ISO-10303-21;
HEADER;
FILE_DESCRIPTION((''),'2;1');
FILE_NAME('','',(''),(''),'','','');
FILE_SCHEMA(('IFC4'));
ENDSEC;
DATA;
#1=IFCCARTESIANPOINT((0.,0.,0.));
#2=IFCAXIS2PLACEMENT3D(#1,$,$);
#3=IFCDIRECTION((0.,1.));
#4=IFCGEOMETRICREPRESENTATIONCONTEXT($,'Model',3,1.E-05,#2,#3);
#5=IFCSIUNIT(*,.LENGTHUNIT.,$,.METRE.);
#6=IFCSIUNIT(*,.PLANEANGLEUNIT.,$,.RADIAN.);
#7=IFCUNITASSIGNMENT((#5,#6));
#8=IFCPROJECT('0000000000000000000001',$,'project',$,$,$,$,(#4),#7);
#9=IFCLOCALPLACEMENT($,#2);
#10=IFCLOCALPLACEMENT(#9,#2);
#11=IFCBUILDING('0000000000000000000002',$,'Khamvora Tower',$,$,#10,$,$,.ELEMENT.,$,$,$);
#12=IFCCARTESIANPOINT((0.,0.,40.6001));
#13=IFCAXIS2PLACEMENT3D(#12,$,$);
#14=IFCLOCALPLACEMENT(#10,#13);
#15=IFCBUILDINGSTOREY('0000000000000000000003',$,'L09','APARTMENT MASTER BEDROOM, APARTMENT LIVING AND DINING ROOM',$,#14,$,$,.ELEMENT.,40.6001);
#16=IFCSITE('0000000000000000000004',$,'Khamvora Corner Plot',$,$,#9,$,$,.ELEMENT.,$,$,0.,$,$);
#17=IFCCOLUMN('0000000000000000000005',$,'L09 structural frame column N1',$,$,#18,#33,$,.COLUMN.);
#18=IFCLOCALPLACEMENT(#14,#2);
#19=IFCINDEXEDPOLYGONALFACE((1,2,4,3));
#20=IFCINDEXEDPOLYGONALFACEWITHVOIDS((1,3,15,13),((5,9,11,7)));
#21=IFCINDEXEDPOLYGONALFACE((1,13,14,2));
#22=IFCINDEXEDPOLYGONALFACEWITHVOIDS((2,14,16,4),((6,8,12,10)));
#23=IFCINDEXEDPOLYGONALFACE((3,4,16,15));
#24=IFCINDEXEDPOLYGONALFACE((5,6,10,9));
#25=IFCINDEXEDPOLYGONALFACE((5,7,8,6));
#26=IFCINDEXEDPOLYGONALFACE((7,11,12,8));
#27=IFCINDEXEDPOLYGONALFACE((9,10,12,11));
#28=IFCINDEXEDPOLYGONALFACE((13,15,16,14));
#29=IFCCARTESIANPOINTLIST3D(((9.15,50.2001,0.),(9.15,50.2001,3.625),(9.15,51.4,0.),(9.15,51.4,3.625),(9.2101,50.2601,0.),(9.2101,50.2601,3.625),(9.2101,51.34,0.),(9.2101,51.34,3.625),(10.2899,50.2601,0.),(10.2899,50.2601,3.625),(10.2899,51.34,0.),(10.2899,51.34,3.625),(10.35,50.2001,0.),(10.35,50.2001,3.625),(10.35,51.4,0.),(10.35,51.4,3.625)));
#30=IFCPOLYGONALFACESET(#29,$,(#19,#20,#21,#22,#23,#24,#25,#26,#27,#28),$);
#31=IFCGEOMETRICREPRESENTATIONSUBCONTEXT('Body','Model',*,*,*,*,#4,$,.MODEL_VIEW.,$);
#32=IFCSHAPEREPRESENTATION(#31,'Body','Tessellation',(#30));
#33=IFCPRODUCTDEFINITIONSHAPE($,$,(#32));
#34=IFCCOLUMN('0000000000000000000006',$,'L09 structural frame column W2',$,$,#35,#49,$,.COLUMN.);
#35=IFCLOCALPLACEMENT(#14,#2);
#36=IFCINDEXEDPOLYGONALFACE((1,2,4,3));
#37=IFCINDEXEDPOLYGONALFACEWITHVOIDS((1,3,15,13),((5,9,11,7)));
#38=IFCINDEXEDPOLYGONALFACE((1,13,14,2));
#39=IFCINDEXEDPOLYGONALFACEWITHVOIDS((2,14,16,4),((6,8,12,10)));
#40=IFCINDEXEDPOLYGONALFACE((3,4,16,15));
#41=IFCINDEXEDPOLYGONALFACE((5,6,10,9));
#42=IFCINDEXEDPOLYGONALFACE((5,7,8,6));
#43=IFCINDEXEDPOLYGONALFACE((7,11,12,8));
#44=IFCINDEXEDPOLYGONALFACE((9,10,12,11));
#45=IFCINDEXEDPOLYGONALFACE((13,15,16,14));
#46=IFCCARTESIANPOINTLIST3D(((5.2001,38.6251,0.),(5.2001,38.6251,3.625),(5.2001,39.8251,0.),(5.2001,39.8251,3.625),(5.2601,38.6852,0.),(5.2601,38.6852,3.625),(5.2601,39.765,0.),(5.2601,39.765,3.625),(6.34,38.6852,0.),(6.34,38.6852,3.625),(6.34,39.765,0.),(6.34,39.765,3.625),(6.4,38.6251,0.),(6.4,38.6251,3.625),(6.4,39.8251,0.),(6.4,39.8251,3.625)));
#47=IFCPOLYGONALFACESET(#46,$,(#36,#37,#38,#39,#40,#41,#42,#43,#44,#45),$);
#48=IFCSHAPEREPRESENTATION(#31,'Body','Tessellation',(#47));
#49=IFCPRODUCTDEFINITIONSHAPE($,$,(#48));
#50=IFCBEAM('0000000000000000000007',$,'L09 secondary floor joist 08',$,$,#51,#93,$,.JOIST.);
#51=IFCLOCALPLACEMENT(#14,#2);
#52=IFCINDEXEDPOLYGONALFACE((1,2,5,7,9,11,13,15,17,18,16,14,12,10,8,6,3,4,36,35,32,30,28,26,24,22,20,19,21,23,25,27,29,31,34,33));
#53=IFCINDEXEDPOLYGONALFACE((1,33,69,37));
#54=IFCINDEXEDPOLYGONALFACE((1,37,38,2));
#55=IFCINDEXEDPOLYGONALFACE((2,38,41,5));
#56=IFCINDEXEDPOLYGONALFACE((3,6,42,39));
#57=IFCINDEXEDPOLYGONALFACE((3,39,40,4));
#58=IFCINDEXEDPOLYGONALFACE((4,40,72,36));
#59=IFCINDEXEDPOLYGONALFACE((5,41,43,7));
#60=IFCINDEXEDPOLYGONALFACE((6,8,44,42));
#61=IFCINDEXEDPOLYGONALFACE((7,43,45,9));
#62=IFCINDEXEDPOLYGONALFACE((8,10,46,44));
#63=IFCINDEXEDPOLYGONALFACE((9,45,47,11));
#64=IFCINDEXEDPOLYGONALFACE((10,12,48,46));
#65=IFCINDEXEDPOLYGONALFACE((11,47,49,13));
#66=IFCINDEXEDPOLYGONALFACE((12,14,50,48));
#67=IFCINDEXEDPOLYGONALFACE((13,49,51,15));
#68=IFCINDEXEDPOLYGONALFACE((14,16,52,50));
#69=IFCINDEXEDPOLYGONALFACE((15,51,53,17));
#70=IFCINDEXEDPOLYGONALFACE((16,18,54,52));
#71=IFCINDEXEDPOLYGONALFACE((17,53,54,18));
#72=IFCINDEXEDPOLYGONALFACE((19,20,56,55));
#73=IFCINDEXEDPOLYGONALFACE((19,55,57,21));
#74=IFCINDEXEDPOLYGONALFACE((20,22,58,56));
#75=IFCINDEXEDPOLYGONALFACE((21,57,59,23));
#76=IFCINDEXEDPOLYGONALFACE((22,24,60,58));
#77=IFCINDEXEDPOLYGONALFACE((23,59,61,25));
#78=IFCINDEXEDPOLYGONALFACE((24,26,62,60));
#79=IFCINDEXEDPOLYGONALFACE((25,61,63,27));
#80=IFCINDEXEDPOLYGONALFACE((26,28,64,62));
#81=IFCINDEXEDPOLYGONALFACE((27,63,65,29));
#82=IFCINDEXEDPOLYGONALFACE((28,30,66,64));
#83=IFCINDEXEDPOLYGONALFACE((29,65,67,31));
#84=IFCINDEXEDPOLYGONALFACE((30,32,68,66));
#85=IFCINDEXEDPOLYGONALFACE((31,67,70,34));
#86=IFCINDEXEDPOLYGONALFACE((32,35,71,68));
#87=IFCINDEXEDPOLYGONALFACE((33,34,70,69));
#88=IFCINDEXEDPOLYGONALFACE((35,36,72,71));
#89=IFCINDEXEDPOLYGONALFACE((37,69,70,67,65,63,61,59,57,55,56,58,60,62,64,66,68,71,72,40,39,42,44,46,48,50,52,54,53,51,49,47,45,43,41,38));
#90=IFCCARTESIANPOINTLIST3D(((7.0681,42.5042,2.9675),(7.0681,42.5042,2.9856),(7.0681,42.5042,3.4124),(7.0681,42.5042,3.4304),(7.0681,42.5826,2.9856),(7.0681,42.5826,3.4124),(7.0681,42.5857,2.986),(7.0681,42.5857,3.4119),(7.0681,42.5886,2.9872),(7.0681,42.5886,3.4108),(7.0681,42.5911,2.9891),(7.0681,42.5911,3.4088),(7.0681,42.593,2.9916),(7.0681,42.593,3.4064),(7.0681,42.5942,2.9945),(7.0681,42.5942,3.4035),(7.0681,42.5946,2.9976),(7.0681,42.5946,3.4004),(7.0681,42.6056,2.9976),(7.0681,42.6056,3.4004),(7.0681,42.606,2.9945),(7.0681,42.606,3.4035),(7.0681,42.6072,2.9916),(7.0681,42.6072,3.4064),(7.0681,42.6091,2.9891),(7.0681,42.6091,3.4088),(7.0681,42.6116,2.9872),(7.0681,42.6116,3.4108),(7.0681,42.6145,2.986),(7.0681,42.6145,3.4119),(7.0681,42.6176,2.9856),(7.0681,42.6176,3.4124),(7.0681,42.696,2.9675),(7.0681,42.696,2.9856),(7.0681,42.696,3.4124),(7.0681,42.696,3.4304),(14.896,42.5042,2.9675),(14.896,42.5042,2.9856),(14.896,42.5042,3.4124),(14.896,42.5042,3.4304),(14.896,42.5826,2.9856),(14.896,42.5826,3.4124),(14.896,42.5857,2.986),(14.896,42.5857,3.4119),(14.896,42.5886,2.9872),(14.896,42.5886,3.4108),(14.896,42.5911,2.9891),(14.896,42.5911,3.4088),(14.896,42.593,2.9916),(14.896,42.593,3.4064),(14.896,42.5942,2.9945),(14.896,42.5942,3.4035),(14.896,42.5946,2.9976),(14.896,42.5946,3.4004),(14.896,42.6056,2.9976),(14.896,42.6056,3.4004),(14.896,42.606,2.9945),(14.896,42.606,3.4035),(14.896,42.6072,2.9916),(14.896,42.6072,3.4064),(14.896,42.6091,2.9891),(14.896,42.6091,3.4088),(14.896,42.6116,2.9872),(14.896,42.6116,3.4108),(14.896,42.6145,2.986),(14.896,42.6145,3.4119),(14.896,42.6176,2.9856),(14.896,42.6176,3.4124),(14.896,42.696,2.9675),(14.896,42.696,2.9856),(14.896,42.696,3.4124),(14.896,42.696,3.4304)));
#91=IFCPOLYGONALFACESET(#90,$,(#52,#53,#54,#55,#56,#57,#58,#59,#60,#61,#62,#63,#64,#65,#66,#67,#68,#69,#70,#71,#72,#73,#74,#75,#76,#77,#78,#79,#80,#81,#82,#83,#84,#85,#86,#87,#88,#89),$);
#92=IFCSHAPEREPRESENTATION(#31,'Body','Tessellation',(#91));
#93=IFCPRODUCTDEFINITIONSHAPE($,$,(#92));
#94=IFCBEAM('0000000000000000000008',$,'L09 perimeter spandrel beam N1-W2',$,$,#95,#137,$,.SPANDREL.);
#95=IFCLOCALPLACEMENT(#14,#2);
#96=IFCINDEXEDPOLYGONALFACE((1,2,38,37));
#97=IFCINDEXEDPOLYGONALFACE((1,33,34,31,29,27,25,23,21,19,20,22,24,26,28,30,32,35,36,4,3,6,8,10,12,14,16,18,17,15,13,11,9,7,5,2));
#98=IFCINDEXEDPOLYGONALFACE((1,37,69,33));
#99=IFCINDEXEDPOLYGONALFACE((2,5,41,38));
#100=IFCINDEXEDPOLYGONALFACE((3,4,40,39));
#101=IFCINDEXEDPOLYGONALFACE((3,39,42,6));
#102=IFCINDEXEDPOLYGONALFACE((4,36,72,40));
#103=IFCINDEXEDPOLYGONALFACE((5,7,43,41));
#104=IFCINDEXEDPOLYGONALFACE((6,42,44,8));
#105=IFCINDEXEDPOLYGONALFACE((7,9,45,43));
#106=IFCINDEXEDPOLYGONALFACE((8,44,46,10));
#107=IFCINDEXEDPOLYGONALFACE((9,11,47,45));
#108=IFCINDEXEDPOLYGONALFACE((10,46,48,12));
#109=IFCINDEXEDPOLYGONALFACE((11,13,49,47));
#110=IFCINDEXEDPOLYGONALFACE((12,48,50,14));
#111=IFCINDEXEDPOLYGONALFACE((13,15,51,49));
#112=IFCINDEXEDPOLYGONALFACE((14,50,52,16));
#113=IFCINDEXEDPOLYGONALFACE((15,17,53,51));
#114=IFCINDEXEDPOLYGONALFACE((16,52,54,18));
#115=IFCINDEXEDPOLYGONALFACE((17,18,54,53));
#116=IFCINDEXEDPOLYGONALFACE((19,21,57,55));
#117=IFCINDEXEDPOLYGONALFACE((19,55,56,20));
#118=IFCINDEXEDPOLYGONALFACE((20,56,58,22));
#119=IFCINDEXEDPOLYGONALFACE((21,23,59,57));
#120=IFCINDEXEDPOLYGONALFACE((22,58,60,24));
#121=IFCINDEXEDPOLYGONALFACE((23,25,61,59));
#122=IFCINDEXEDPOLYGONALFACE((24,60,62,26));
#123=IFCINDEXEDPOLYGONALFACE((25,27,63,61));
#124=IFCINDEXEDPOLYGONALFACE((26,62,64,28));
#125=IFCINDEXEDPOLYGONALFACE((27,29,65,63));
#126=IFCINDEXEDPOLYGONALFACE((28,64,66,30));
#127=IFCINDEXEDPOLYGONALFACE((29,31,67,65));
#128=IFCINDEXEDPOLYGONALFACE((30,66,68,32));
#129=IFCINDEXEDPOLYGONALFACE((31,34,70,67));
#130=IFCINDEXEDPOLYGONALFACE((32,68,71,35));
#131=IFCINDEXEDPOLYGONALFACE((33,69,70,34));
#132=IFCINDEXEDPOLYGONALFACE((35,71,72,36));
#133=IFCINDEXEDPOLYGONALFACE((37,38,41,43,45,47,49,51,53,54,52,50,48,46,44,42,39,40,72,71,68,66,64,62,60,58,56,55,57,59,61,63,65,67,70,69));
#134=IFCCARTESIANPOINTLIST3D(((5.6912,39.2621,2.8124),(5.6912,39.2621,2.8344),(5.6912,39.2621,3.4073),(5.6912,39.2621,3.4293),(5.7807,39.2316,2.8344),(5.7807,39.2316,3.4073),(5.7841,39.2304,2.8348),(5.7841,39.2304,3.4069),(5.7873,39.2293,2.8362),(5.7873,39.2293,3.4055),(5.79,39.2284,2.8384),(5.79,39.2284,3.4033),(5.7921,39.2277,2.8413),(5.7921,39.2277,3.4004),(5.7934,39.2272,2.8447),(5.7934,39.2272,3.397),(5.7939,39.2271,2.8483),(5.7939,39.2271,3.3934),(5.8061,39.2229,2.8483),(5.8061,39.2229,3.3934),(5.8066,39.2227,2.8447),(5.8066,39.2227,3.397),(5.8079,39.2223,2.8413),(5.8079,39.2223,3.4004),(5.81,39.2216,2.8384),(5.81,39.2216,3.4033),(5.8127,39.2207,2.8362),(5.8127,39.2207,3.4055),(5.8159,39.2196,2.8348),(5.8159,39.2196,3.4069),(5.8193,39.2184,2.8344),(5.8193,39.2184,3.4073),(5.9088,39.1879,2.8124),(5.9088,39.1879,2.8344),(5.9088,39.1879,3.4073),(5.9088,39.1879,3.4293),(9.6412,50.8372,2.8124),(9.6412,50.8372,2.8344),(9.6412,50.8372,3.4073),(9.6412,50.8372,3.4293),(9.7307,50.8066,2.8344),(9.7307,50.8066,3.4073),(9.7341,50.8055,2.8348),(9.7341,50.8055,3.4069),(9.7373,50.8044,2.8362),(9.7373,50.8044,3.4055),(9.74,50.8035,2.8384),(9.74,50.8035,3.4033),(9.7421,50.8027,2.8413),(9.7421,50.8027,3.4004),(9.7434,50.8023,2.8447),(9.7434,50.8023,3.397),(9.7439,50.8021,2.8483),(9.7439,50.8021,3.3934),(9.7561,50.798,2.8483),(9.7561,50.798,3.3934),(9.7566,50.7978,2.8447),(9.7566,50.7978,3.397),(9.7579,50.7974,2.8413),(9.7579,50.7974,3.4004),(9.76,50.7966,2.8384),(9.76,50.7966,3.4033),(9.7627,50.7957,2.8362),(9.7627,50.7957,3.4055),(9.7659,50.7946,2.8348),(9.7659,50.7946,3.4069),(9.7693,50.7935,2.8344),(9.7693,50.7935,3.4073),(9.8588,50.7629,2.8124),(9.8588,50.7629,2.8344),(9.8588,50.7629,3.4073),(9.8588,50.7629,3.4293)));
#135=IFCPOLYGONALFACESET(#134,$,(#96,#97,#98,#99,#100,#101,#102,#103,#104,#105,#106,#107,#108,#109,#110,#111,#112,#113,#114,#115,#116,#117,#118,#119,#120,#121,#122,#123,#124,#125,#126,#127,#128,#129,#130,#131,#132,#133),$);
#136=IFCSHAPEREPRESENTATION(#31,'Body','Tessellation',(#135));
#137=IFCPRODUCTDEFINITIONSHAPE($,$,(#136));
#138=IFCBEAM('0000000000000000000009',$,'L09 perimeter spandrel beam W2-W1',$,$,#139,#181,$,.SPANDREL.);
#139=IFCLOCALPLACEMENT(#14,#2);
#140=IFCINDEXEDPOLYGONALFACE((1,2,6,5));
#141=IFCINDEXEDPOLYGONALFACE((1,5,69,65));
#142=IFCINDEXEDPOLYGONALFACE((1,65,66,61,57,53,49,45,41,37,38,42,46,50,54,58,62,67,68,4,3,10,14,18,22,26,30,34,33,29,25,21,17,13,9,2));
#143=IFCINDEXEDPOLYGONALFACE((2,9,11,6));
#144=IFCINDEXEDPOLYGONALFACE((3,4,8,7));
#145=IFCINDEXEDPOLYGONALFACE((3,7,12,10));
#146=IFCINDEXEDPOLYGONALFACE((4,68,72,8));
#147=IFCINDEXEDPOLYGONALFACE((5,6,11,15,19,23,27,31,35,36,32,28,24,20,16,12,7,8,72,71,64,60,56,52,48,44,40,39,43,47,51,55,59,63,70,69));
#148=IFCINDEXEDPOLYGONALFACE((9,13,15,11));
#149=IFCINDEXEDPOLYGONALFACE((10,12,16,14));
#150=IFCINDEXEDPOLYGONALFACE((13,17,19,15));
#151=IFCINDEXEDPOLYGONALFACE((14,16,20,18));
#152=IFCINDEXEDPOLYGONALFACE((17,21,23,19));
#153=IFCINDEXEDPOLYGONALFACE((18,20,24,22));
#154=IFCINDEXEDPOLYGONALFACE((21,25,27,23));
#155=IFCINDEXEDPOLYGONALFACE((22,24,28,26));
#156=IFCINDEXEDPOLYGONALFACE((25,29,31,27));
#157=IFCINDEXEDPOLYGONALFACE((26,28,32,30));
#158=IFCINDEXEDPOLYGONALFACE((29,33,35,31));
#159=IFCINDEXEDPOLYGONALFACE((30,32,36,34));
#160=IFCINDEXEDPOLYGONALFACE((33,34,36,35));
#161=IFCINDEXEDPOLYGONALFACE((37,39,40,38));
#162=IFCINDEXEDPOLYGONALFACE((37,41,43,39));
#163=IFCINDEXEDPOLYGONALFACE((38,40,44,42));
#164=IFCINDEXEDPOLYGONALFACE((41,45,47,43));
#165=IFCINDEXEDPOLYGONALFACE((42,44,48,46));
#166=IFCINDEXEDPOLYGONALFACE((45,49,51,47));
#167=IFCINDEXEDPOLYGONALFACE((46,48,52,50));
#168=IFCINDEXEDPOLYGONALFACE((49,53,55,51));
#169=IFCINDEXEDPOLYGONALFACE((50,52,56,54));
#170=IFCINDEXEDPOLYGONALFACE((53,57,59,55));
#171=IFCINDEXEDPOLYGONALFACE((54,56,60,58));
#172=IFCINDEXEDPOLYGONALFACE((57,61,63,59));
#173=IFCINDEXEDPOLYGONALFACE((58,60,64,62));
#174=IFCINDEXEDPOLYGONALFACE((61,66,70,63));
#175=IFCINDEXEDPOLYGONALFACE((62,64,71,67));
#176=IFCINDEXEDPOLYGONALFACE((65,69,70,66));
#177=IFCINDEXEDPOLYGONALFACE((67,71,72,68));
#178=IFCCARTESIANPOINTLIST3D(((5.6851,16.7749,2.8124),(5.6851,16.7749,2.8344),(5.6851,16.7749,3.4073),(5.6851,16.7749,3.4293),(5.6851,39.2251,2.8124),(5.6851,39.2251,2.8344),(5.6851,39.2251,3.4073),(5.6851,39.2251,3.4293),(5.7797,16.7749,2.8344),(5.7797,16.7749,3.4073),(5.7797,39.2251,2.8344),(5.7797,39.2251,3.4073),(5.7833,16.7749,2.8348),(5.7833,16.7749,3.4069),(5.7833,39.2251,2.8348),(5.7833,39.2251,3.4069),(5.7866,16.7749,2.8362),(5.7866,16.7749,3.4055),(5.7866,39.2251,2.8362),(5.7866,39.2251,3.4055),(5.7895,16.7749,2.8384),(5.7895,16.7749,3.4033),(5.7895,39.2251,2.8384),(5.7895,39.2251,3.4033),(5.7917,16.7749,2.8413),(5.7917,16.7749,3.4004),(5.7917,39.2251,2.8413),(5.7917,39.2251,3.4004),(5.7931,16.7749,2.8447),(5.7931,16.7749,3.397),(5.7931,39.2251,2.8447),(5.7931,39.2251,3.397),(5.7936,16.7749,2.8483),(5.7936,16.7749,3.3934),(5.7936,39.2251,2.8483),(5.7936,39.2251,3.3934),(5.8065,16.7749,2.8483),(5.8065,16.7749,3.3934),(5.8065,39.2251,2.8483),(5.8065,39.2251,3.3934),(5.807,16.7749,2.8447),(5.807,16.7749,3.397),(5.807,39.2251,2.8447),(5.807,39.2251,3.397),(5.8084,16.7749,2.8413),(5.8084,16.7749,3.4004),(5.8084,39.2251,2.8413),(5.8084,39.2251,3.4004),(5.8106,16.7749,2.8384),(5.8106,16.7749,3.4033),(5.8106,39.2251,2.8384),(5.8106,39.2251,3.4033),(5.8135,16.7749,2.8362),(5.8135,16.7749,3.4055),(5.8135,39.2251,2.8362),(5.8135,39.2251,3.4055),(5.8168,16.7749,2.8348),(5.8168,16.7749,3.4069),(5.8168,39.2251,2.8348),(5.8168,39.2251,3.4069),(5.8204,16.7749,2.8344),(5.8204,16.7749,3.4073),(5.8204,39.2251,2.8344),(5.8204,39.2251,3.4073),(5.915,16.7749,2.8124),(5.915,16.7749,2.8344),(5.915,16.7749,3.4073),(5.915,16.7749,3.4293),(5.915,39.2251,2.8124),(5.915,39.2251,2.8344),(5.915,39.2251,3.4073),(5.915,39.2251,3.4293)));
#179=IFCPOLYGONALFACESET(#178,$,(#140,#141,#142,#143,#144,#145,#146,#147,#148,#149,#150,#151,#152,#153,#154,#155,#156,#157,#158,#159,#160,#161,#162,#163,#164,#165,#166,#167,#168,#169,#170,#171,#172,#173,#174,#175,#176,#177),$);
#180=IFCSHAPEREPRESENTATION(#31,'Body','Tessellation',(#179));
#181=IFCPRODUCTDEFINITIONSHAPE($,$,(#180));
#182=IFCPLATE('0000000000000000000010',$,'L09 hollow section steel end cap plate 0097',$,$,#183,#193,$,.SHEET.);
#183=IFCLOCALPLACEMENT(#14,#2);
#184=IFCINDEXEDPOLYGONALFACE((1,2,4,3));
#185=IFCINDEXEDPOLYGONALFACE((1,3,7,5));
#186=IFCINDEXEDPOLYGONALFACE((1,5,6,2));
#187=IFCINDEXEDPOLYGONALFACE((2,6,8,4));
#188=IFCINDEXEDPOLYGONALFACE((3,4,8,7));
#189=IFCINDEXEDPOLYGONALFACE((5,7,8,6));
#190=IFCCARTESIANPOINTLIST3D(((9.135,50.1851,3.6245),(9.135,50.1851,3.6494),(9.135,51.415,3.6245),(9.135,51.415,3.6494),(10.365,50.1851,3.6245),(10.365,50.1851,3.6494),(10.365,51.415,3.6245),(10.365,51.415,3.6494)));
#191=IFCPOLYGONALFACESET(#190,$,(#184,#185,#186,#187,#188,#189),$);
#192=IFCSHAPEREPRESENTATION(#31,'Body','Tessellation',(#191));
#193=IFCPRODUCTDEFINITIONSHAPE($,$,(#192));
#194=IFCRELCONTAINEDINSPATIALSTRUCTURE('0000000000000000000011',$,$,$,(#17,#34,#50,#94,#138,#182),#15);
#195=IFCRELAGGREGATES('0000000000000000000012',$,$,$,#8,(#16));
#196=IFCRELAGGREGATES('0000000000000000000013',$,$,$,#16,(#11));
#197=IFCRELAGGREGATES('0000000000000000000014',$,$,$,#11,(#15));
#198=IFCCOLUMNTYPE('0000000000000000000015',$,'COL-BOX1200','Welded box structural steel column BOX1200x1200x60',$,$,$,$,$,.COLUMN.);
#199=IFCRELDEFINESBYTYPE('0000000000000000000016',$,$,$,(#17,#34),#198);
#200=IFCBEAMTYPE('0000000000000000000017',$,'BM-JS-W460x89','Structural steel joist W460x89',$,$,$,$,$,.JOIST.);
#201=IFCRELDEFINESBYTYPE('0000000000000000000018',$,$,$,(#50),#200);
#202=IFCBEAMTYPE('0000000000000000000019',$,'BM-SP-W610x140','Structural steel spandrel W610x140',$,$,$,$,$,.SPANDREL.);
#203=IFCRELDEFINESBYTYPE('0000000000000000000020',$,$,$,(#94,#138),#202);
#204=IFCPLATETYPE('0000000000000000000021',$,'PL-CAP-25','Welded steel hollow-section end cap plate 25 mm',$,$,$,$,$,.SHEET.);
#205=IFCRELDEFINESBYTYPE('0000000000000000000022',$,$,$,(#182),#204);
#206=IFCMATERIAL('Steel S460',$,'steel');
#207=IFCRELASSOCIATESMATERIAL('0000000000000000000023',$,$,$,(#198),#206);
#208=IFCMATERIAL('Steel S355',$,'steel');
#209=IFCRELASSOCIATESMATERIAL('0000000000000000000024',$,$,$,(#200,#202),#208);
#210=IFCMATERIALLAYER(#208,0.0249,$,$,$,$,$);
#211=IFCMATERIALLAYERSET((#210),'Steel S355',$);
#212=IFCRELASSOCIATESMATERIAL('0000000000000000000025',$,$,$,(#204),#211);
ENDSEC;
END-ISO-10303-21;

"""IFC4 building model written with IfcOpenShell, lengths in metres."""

from ifc_helpers import new_model, si_unit, direction, frame, origin, origin_2d, place, context, subcontext, project, spatial, rectangle, hollow_rectangle, i_section, extrude, material, layer, layer_set, material_profile, profile_set, type_object, element, save


model = new_model("IFC4")

# Units and contexts
model_context = context("Model", 3, precision=1e-05, world=origin(), true_north=direction((0.0, 1.0)))
body_context = subcontext(model_context, "Body", "Model", "MODEL_VIEW")
ifc_project = project(units=[si_unit("LENGTHUNIT", "METRE"), si_unit("PLANEANGLEUNIT", "RADIAN")], contexts=[model_context])

# Site, building, storey
site_placement = place(None, origin())
site = spatial("IfcSite", under=ifc_project, at=site_placement, Name="Khamvora Corner Plot", CompositionType="ELEMENT", RefElevation=0.0)
building_placement = place(site_placement, origin())
building = spatial("IfcBuilding", under=site, at=building_placement, Name="Khamvora Tower", CompositionType="ELEMENT")
storey_placement = place(building_placement, frame((0.0, 0.0, 40.6001)))
storey = spatial("IfcBuildingStorey", under=building, at=storey_placement, Name="L09", Description="APARTMENT MASTER BEDROOM, APARTMENT LIVING AND DINING ROOM", CompositionType="ELEMENT", Elevation=40.6001)

# Columns
ifc_material_1 = material(Name="Steel S460", Category="steel")
ifc_material_profile_1 = material_profile(ifc_material_1, hollow_rectangle(XDim=1.2, YDim=1.2, WallThickness=0.0601, at=origin_2d()), Name="BOX1200x1200x60")
ifc_profile_set_1 = profile_set([ifc_material_profile_1], Name="Steel S460")
column_type = type_object("IfcColumnType", Name="COL-BOX1200", Description="Welded box structural steel column BOX1200x1200x60", PredefinedType="COLUMN", material=ifc_profile_set_1)
for number, where, z_axis, x_axis, name in (
    (1, (9.75, 50.8, 0.0), (0.0, 0.0, 1.0), (1.0, 0.0, 0.0), "L09 structural frame column N1"),
    (2, (5.8, 39.2251, 0.0), (0.0, 0.0, 1.0), (1.0, 0.0, 0.0), "L09 structural frame column W2"),
):
    element("IfcColumn", number, at=place(storey_placement, frame(where, z_axis=z_axis, x_axis=x_axis)), inside=storey, type_object=column_type, Name=name, PredefinedType="COLUMN", context=body_context, shape_type="SweptSolid", body=[
        extrude(hollow_rectangle(XDim=1.2, YDim=1.2, WallThickness=0.0601, at=origin_2d()), origin(), (0.0, 0.0, 1.0), 3.625),
    ])

# Beams
ifc_material_2 = material(Name="Steel S355", Category="steel")
ifc_material_profile_2 = material_profile(ifc_material_2, i_section(OverallWidth=0.1919, OverallDepth=0.4629, WebThickness=0.011, FlangeThickness=0.0181, FilletRadius=0.012, at=origin_2d()), Name="W460x89")
ifc_profile_set_2 = profile_set([ifc_material_profile_2], Name="Steel S355")
beam_type_1 = type_object("IfcBeamType", Name="BM-JS-W460x89", Description="Structural steel joist W460x89", PredefinedType="JOIST", material=ifc_profile_set_2)
beam_1_placement = place(storey_placement, frame((7.0681, 42.6001, 3.199), z_axis=(1.0, 0.0, 0.0), x_axis=(0.0, 1.0, 0.0)))
element("IfcBeam", 3, at=beam_1_placement, inside=storey, type_object=beam_type_1, Name="L09 secondary floor joist 08", PredefinedType="JOIST", context=body_context, shape_type="SweptSolid", body=[
    extrude(i_section(OverallWidth=0.1919, OverallDepth=0.4629, WebThickness=0.011, FlangeThickness=0.0181, FilletRadius=0.012, at=origin_2d()), origin(), (0.0, 0.0, 1.0), 7.8279),
])
ifc_material_profile_3 = material_profile(ifc_material_2, i_section(OverallWidth=0.23, OverallDepth=0.6169, WebThickness=0.0129, FlangeThickness=0.022, FilletRadius=0.0139, at=origin_2d()), Name="W610x140")
ifc_profile_set_3 = profile_set([ifc_material_profile_3], Name="Steel S355")
beam_type_2 = type_object("IfcBeamType", Name="BM-SP-W610x140", Description="Structural steel spandrel W610x140", PredefinedType="SPANDREL", material=ifc_profile_set_3)
beam_2_placement = place(storey_placement, frame((9.75, 50.8, 3.1208), z_axis=(-0.322963, -0.946412, 0.0), x_axis=(0.946412, -0.322963, 0.0)))
element("IfcBeam", 4, at=beam_2_placement, inside=storey, type_object=beam_type_2, Name="L09 perimeter spandrel beam N1-W2", PredefinedType="SPANDREL", context=body_context, shape_type="SweptSolid", body=[
    extrude(i_section(OverallWidth=0.23, OverallDepth=0.6169, WebThickness=0.0129, FlangeThickness=0.022, FilletRadius=0.0139, at=origin_2d()), origin(), (0.0, 0.0, 1.0), 12.2305),
])
beam_3_placement = place(storey_placement, frame((5.8, 39.2251, 3.1208), z_axis=(0.0, -1.0, 0.0), x_axis=(1.0, 0.0, 0.0)))
element("IfcBeam", 5, at=beam_3_placement, inside=storey, type_object=beam_type_2, Name="L09 perimeter spandrel beam W2-W1", PredefinedType="SPANDREL", context=body_context, shape_type="SweptSolid", body=[
    extrude(i_section(OverallWidth=0.23, OverallDepth=0.6169, WebThickness=0.0129, FlangeThickness=0.022, FilletRadius=0.0139, at=origin_2d()), origin(), (0.0, 0.0, 1.0), 22.4502),
])

# Plate
ifc_layer_1 = layer(ifc_material_2, 0.0249)
ifc_layer_set_1 = layer_set([ifc_layer_1], Name="Steel S355")
plate_type = type_object("IfcPlateType", Name="PL-CAP-25", Description="Welded steel hollow-section end cap plate 25 mm", PredefinedType="SHEET", material=ifc_layer_set_1)
for number, where, z_axis, x_axis, name in (
    (6, (9.75, 50.8, 3.6245), (0.0, 0.0, 1.0), (1.0, 0.0, 0.0), "L09 hollow section steel end cap plate 0097"),
):
    element("IfcPlate", number, at=place(storey_placement, frame(where, z_axis=z_axis, x_axis=x_axis)), inside=storey, type_object=plate_type, Name=name, PredefinedType="SHEET", context=body_context, shape_type="SweptSolid", body=[
        extrude(rectangle(XDim=1.23, YDim=1.23, at=origin_2d()), origin(), (0.0, 0.0, 1.0), 0.0249),
    ])

save(model, "model.ifc")
